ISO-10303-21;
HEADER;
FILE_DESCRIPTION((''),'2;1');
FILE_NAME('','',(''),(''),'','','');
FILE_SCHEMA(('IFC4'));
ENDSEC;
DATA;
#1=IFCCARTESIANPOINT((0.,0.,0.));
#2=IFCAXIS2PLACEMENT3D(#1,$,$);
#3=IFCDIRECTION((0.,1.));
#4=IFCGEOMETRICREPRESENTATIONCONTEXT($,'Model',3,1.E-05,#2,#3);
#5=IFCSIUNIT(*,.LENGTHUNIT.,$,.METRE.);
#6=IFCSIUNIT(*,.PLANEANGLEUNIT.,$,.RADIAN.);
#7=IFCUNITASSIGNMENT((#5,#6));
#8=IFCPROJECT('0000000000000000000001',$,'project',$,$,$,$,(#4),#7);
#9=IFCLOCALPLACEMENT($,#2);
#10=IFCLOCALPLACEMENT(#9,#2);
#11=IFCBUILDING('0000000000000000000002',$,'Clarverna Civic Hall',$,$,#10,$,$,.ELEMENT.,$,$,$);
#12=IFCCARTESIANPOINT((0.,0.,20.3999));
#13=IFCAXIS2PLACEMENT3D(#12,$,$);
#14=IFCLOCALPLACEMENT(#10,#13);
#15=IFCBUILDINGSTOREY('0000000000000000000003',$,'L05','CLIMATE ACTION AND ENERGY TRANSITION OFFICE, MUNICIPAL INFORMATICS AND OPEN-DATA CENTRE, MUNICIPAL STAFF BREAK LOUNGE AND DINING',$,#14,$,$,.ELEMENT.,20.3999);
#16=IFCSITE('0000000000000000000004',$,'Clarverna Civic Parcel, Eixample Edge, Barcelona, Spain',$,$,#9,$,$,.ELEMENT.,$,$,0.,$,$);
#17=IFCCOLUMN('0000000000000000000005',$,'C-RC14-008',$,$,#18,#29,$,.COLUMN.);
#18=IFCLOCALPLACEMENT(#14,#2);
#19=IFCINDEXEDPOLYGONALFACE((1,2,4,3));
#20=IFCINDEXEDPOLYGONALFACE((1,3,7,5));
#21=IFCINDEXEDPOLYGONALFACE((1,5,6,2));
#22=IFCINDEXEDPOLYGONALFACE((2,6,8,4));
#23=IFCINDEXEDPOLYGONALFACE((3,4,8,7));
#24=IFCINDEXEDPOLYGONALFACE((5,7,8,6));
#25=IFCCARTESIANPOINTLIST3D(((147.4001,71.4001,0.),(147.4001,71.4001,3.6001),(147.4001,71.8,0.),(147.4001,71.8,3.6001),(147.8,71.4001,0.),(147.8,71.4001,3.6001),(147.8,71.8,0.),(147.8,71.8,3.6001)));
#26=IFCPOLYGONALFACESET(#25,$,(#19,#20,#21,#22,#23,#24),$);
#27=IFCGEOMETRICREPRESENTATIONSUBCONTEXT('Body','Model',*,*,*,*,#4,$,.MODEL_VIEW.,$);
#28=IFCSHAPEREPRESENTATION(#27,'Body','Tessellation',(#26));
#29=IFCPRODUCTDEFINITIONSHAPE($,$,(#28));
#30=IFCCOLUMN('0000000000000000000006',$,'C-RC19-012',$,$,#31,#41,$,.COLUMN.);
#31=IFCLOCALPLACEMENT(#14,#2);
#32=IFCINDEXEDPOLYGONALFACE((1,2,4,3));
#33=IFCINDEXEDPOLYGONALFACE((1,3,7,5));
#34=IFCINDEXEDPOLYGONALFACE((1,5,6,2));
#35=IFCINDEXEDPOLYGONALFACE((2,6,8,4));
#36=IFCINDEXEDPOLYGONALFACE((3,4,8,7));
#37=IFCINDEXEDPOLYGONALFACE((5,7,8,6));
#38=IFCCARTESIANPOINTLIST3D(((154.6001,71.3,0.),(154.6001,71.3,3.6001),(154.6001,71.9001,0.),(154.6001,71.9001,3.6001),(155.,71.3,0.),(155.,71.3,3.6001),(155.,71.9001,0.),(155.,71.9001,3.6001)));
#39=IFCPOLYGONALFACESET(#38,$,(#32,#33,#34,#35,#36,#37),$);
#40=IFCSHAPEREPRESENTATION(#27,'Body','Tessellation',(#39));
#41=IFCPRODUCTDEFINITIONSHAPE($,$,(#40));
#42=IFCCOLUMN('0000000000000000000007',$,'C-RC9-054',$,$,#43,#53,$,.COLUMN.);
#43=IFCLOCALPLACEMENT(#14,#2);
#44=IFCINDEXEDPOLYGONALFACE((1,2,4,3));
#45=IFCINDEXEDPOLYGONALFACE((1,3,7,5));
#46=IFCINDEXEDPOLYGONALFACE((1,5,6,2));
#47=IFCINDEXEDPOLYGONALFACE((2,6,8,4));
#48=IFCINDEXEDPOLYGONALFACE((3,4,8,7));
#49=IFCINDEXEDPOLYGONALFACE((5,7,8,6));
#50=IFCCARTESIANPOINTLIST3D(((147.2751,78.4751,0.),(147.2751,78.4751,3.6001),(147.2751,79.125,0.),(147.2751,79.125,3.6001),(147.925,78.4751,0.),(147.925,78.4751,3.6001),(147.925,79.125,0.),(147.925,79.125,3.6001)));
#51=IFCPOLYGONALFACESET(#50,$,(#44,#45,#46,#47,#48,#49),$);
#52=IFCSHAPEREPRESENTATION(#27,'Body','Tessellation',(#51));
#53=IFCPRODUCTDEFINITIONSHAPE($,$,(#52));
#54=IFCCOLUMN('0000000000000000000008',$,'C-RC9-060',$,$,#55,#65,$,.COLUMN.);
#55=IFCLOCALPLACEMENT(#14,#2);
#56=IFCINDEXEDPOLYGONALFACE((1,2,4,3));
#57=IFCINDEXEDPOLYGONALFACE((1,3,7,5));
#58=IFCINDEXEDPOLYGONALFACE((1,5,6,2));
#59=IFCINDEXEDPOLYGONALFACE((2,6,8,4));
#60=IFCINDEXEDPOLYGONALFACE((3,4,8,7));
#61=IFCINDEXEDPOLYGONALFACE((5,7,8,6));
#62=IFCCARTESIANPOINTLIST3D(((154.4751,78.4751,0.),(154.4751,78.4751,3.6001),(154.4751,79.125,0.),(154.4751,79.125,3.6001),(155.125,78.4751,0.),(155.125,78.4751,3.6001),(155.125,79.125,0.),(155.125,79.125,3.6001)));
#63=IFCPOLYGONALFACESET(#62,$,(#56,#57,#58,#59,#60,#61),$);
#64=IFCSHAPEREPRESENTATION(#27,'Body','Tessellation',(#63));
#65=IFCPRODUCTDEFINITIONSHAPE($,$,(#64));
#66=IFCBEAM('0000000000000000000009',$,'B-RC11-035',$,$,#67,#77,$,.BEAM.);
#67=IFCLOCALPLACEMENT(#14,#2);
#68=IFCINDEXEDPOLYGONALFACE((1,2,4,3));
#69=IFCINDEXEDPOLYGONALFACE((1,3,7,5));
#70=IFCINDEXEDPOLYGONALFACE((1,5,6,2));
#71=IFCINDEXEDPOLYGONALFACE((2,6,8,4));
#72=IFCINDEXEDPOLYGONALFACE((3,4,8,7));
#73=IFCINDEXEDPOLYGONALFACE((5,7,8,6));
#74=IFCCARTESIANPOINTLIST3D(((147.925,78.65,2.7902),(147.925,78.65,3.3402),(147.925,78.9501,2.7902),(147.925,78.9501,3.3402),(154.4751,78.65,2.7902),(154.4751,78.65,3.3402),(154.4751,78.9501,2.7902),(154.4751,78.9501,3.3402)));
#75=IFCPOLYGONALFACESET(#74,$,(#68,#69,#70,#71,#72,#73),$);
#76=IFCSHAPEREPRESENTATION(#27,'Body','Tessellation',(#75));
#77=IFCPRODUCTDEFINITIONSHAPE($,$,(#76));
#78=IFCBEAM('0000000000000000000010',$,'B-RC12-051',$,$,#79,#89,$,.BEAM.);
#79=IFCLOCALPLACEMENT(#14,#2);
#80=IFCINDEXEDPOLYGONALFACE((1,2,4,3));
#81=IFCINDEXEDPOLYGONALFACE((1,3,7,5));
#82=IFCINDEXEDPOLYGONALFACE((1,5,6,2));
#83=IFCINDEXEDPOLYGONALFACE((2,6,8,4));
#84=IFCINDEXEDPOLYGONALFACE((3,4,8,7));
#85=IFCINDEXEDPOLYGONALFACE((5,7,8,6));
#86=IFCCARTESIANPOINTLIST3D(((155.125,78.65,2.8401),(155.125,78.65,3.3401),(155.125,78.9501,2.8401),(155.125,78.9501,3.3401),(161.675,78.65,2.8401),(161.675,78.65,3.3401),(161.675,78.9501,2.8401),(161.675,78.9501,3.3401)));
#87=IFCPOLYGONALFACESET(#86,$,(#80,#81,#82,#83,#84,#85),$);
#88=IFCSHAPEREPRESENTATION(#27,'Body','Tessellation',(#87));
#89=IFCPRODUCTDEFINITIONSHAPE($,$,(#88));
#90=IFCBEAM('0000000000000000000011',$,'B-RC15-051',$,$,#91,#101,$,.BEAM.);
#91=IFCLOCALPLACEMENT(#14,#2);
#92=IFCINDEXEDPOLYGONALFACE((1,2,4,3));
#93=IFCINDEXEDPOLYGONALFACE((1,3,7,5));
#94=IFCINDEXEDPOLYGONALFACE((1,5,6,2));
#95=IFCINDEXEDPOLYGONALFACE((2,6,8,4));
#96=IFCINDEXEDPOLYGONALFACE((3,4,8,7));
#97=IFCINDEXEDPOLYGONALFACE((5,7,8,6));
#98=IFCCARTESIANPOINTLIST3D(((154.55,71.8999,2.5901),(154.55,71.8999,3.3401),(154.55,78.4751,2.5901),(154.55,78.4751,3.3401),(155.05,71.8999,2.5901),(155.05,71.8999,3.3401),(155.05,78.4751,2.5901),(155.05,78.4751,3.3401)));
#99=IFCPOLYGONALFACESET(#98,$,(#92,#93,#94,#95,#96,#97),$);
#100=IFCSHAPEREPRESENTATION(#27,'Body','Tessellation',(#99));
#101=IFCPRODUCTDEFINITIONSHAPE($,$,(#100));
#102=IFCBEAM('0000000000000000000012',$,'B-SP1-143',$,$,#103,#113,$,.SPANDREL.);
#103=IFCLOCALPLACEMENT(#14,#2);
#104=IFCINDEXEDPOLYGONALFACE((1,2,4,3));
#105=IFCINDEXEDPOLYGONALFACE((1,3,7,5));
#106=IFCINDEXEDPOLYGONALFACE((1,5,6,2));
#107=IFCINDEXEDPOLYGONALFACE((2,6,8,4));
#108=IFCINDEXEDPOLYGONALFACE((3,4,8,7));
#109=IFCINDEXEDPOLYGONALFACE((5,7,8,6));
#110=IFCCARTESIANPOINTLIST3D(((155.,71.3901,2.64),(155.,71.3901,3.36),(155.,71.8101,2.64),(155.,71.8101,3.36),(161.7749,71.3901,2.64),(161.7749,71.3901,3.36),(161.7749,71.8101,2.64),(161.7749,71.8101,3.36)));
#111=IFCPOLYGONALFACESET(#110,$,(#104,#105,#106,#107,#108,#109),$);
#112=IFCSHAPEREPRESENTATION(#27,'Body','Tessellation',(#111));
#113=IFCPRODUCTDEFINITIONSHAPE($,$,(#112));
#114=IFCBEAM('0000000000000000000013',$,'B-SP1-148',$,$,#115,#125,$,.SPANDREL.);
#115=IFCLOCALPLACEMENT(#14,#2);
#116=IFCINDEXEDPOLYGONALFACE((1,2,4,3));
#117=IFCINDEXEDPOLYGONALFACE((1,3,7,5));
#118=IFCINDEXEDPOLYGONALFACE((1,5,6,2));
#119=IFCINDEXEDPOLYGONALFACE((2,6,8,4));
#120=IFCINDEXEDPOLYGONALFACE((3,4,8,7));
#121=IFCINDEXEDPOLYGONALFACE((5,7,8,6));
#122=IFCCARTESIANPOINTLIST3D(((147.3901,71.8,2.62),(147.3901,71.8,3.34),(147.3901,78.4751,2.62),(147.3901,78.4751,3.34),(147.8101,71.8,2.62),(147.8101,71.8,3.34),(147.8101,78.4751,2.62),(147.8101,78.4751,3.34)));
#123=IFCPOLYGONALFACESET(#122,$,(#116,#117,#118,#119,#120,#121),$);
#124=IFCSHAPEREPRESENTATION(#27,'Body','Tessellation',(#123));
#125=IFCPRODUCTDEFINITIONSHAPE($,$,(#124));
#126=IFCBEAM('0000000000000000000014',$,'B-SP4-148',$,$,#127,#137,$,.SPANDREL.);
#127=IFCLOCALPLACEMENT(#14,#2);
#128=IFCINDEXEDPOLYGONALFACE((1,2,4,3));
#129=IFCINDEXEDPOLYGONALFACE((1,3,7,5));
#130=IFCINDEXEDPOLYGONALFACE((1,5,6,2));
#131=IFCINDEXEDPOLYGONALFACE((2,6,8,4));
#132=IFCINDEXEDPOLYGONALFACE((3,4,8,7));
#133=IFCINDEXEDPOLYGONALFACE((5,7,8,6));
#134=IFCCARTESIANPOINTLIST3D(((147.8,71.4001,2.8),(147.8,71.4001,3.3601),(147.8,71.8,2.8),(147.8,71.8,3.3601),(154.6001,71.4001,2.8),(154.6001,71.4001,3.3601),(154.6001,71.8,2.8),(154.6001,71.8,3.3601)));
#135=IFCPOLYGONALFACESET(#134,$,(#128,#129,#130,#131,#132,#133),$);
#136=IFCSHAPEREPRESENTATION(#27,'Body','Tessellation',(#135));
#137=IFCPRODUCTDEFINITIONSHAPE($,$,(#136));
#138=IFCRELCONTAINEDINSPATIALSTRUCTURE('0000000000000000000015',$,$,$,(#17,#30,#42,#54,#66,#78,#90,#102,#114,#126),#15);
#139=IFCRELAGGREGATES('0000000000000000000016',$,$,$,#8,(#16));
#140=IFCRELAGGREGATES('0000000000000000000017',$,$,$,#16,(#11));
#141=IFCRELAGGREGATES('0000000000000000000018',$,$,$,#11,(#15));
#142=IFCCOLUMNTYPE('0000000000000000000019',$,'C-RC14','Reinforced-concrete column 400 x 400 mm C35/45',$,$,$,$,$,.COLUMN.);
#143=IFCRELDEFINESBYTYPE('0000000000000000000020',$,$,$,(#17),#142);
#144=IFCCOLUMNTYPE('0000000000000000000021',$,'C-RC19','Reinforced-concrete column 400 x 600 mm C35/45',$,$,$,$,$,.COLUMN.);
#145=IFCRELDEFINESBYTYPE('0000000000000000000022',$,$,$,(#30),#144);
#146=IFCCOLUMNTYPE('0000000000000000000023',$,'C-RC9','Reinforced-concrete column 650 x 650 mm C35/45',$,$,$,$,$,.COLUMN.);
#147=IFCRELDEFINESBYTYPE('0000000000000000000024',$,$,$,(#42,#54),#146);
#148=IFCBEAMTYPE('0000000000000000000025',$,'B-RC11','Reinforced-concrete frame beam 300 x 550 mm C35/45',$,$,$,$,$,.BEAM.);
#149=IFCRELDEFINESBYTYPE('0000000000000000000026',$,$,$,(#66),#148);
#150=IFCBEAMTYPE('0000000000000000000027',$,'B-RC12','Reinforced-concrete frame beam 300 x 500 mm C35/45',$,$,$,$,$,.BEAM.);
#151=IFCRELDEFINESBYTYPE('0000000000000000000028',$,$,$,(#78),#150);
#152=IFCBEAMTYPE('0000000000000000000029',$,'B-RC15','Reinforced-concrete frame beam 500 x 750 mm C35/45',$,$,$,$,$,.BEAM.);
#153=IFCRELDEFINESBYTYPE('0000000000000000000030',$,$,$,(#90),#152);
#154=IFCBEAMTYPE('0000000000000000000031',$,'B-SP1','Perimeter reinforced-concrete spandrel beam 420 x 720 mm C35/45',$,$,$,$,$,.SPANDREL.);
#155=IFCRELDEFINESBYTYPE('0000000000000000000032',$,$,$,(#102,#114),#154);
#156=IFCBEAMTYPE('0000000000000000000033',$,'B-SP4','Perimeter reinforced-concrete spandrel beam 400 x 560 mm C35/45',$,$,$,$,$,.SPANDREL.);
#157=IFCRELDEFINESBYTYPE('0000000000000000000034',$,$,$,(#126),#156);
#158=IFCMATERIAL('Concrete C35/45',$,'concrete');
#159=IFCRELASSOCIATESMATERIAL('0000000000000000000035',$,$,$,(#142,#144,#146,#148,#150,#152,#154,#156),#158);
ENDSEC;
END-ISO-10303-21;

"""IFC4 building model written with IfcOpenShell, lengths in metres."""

from ifc_helpers import new_model, si_unit, direction, frame, origin, origin_2d, place, context, subcontext, project, spatial, rectangle, extrude, material, material_profile, profile_set, type_object, element, save


model = new_model("IFC4")

# Units and contexts
model_context = context("Model", 3, precision=1e-05, world=origin(), true_north=direction((0.0, 1.0)))
body_context = subcontext(model_context, "Body", "Model", "MODEL_VIEW")
ifc_project = project(units=[si_unit("LENGTHUNIT", "METRE"), si_unit("PLANEANGLEUNIT", "RADIAN")], contexts=[model_context])

# Site, building, storey
site_placement = place(None, origin())
site = spatial("IfcSite", under=ifc_project, at=site_placement, Name="Clarverna Civic Parcel, Eixample Edge, Barcelona, Spain", CompositionType="ELEMENT", RefElevation=0.0)
building_placement = place(site_placement, origin())
building = spatial("IfcBuilding", under=site, at=building_placement, Name="Clarverna Civic Hall", CompositionType="ELEMENT")
storey_placement = place(building_placement, frame((0.0, 0.0, 20.3999)))
storey = spatial("IfcBuildingStorey", under=building, at=storey_placement, Name="L05", Description="CLIMATE ACTION AND ENERGY TRANSITION OFFICE, MUNICIPAL INFORMATICS AND OPEN-DATA CENTRE, MUNICIPAL STAFF BREAK LOUNGE AND DINING", CompositionType="ELEMENT", Elevation=20.3999)

# Columns
ifc_material_1 = material(Name="Concrete C35/45", Category="concrete")
ifc_material_profile_1 = material_profile(ifc_material_1, rectangle(XDim=0.3999, YDim=0.3999, at=origin_2d()), Name="RC 400x400")
ifc_profile_set_1 = profile_set([ifc_material_profile_1], Name="Concrete C35/45")
column_type_1 = type_object("IfcColumnType", Name="C-RC14", Description="Reinforced-concrete column 400 x 400 mm C35/45", PredefinedType="COLUMN", material=ifc_profile_set_1)
column_1_placement = place(storey_placement, frame((147.6001, 71.6001, 0.0), z_axis=(0.0, 0.0, 1.0), x_axis=(1.0, 0.0, 0.0)))
element("IfcColumn", 1, at=column_1_placement, inside=storey, type_object=column_type_1, Name="C-RC14-008", PredefinedType="COLUMN", context=body_context, shape_type="SweptSolid", body=[
    extrude(rectangle(XDim=0.3999, YDim=0.3999, at=origin_2d()), origin(), (0.0, 0.0, 1.0), 3.6001),
])
ifc_material_profile_2 = material_profile(ifc_material_1, rectangle(XDim=0.3999, YDim=0.6001, at=origin_2d()), Name="RC 400x600")
ifc_profile_set_2 = profile_set([ifc_material_profile_2], Name="Concrete C35/45")
column_type_2 = type_object("IfcColumnType", Name="C-RC19", Description="Reinforced-concrete column 400 x 600 mm C35/45", PredefinedType="COLUMN", material=ifc_profile_set_2)
column_2_placement = place(storey_placement, frame((154.8, 71.6001, 0.0), z_axis=(0.0, 0.0, 1.0), x_axis=(1.0, 0.0, 0.0)))
element("IfcColumn", 2, at=column_2_placement, inside=storey, type_object=column_type_2, Name="C-RC19-012", PredefinedType="COLUMN", context=body_context, shape_type="SweptSolid", body=[
    extrude(rectangle(XDim=0.3999, YDim=0.6001, at=origin_2d()), origin(), (0.0, 0.0, 1.0), 3.6001),
])
ifc_material_profile_3 = material_profile(ifc_material_1, rectangle(XDim=0.6499, YDim=0.6499, at=origin_2d()), Name="RC 650x650")
ifc_profile_set_3 = profile_set([ifc_material_profile_3], Name="Concrete C35/45")
column_type_3 = type_object("IfcColumnType", Name="C-RC9", Description="Reinforced-concrete column 650 x 650 mm C35/45", PredefinedType="COLUMN", material=ifc_profile_set_3)
for number, where, z_axis, x_axis, name in (
    (3, (147.6001, 78.8, 0.0), (0.0, 0.0, 1.0), (1.0, 0.0, 0.0), "C-RC9-054"),
    (4, (154.8, 78.8, 0.0), (0.0, 0.0, 1.0), (1.0, 0.0, 0.0), "C-RC9-060"),
):
    element("IfcColumn", number, at=place(storey_placement, frame(where, z_axis=z_axis, x_axis=x_axis)), inside=storey, type_object=column_type_3, Name=name, PredefinedType="COLUMN", context=body_context, shape_type="SweptSolid", body=[
        extrude(rectangle(XDim=0.6499, YDim=0.6499, at=origin_2d()), origin(), (0.0, 0.0, 1.0), 3.6001),
    ])

# Beams
ifc_material_profile_4 = material_profile(ifc_material_1, rectangle(XDim=0.3, YDim=0.55, at=origin_2d()), Name="RC 300x550")
ifc_profile_set_4 = profile_set([ifc_material_profile_4], Name="Concrete C35/45")
beam_type_1 = type_object("IfcBeamType", Name="B-RC11", Description="Reinforced-concrete frame beam 300 x 550 mm C35/45", PredefinedType="BEAM", material=ifc_profile_set_4)
beam_1_placement = place(storey_placement, frame((147.925, 78.8, 3.0652), z_axis=(1.0, 0.0, 0.0), x_axis=(0.0, 1.0, 0.0)))
element("IfcBeam", 5, at=beam_1_placement, inside=storey, type_object=beam_type_1, Name="B-RC11-035", PredefinedType="BEAM", context=body_context, shape_type="SweptSolid", body=[
    extrude(rectangle(XDim=0.3, YDim=0.55, at=origin_2d()), origin(), (0.0, 0.0, 1.0), 6.55),
])
ifc_material_profile_5 = material_profile(ifc_material_1, rectangle(XDim=0.3, YDim=0.5, at=origin_2d()), Name="RC 300x500")
ifc_profile_set_5 = profile_set([ifc_material_profile_5], Name="Concrete C35/45")
beam_type_2 = type_object("IfcBeamType", Name="B-RC12", Description="Reinforced-concrete frame beam 300 x 500 mm C35/45", PredefinedType="BEAM", material=ifc_profile_set_5)
beam_2_placement = place(storey_placement, frame((155.125, 78.8, 3.0901), z_axis=(1.0, 0.0, 0.0), x_axis=(0.0, 1.0, 0.0)))
element("IfcBeam", 6, at=beam_2_placement, inside=storey, type_object=beam_type_2, Name="B-RC12-051", PredefinedType="BEAM", context=body_context, shape_type="SweptSolid", body=[
    extrude(rectangle(XDim=0.3, YDim=0.5, at=origin_2d()), origin(), (0.0, 0.0, 1.0), 6.55),
])
ifc_material_profile_6 = material_profile(ifc_material_1, rectangle(XDim=0.5, YDim=0.75, at=origin_2d()), Name="RC 500x750")
ifc_profile_set_6 = profile_set([ifc_material_profile_6], Name="Concrete C35/45")
beam_type_3 = type_object("IfcBeamType", Name="B-RC15", Description="Reinforced-concrete frame beam 500 x 750 mm C35/45", PredefinedType="BEAM", material=ifc_profile_set_6)
beam_3_placement = place(storey_placement, frame((154.8, 71.8999, 2.9651), z_axis=(0.0, 1.0, 0.0), x_axis=(-1.0, 0.0, 0.0)))
element("IfcBeam", 7, at=beam_3_placement, inside=storey, type_object=beam_type_3, Name="B-RC15-051", PredefinedType="BEAM", context=body_context, shape_type="SweptSolid", body=[
    extrude(rectangle(XDim=0.5, YDim=0.75, at=origin_2d()), origin(), (0.0, 0.0, 1.0), 6.5752),
])
ifc_material_profile_7 = material_profile(ifc_material_1, rectangle(XDim=0.4199, YDim=0.72, at=origin_2d()), Name="RC 420x720")
ifc_profile_set_7 = profile_set([ifc_material_profile_7], Name="Concrete C35/45")
beam_type_4 = type_object("IfcBeamType", Name="B-SP1", Description="Perimeter reinforced-concrete spandrel beam 420 x 720 mm C35/45", PredefinedType="SPANDREL", material=ifc_profile_set_7)
beam_4_placement = place(storey_placement, frame((155.0, 71.6001, 3.0), z_axis=(1.0, 0.0, 0.0), x_axis=(0.0, 1.0, 0.0)))
element("IfcBeam", 8, at=beam_4_placement, inside=storey, type_object=beam_type_4, Name="B-SP1-143", PredefinedType="SPANDREL", context=body_context, shape_type="SweptSolid", body=[
    extrude(rectangle(XDim=0.4199, YDim=0.72, at=origin_2d()), origin(), (0.0, 0.0, 1.0), 6.7749),
])
beam_5_placement = place(storey_placement, frame((147.6001, 71.8, 2.98), z_axis=(0.0, 1.0, 0.0), x_axis=(-1.0, 0.0, 0.0)))
element("IfcBeam", 9, at=beam_5_placement, inside=storey, type_object=beam_type_4, Name="B-SP1-148", PredefinedType="SPANDREL", context=body_context, shape_type="SweptSolid", body=[
    extrude(rectangle(XDim=0.4199, YDim=0.72, at=origin_2d()), origin(), (0.0, 0.0, 1.0), 6.675),
])
ifc_material_profile_8 = material_profile(ifc_material_1, rectangle(XDim=0.3999, YDim=0.5601, at=origin_2d()), Name="RC 400x560")
ifc_profile_set_8 = profile_set([ifc_material_profile_8], Name="Concrete C35/45")
beam_type_5 = type_object("IfcBeamType", Name="B-SP4", Description="Perimeter reinforced-concrete spandrel beam 400 x 560 mm C35/45", PredefinedType="SPANDREL", material=ifc_profile_set_8)
beam_6_placement = place(storey_placement, frame((147.8, 71.6001, 3.0801), z_axis=(1.0, 0.0, 0.0), x_axis=(0.0, 1.0, 0.0)))
element("IfcBeam", 10, at=beam_6_placement, inside=storey, type_object=beam_type_5, Name="B-SP4-148", PredefinedType="SPANDREL", context=body_context, shape_type="SweptSolid", body=[
    extrude(rectangle(XDim=0.3999, YDim=0.5601, at=origin_2d()), origin(), (0.0, 0.0, 1.0), 6.8),
])

save(model, "model.ifc")
